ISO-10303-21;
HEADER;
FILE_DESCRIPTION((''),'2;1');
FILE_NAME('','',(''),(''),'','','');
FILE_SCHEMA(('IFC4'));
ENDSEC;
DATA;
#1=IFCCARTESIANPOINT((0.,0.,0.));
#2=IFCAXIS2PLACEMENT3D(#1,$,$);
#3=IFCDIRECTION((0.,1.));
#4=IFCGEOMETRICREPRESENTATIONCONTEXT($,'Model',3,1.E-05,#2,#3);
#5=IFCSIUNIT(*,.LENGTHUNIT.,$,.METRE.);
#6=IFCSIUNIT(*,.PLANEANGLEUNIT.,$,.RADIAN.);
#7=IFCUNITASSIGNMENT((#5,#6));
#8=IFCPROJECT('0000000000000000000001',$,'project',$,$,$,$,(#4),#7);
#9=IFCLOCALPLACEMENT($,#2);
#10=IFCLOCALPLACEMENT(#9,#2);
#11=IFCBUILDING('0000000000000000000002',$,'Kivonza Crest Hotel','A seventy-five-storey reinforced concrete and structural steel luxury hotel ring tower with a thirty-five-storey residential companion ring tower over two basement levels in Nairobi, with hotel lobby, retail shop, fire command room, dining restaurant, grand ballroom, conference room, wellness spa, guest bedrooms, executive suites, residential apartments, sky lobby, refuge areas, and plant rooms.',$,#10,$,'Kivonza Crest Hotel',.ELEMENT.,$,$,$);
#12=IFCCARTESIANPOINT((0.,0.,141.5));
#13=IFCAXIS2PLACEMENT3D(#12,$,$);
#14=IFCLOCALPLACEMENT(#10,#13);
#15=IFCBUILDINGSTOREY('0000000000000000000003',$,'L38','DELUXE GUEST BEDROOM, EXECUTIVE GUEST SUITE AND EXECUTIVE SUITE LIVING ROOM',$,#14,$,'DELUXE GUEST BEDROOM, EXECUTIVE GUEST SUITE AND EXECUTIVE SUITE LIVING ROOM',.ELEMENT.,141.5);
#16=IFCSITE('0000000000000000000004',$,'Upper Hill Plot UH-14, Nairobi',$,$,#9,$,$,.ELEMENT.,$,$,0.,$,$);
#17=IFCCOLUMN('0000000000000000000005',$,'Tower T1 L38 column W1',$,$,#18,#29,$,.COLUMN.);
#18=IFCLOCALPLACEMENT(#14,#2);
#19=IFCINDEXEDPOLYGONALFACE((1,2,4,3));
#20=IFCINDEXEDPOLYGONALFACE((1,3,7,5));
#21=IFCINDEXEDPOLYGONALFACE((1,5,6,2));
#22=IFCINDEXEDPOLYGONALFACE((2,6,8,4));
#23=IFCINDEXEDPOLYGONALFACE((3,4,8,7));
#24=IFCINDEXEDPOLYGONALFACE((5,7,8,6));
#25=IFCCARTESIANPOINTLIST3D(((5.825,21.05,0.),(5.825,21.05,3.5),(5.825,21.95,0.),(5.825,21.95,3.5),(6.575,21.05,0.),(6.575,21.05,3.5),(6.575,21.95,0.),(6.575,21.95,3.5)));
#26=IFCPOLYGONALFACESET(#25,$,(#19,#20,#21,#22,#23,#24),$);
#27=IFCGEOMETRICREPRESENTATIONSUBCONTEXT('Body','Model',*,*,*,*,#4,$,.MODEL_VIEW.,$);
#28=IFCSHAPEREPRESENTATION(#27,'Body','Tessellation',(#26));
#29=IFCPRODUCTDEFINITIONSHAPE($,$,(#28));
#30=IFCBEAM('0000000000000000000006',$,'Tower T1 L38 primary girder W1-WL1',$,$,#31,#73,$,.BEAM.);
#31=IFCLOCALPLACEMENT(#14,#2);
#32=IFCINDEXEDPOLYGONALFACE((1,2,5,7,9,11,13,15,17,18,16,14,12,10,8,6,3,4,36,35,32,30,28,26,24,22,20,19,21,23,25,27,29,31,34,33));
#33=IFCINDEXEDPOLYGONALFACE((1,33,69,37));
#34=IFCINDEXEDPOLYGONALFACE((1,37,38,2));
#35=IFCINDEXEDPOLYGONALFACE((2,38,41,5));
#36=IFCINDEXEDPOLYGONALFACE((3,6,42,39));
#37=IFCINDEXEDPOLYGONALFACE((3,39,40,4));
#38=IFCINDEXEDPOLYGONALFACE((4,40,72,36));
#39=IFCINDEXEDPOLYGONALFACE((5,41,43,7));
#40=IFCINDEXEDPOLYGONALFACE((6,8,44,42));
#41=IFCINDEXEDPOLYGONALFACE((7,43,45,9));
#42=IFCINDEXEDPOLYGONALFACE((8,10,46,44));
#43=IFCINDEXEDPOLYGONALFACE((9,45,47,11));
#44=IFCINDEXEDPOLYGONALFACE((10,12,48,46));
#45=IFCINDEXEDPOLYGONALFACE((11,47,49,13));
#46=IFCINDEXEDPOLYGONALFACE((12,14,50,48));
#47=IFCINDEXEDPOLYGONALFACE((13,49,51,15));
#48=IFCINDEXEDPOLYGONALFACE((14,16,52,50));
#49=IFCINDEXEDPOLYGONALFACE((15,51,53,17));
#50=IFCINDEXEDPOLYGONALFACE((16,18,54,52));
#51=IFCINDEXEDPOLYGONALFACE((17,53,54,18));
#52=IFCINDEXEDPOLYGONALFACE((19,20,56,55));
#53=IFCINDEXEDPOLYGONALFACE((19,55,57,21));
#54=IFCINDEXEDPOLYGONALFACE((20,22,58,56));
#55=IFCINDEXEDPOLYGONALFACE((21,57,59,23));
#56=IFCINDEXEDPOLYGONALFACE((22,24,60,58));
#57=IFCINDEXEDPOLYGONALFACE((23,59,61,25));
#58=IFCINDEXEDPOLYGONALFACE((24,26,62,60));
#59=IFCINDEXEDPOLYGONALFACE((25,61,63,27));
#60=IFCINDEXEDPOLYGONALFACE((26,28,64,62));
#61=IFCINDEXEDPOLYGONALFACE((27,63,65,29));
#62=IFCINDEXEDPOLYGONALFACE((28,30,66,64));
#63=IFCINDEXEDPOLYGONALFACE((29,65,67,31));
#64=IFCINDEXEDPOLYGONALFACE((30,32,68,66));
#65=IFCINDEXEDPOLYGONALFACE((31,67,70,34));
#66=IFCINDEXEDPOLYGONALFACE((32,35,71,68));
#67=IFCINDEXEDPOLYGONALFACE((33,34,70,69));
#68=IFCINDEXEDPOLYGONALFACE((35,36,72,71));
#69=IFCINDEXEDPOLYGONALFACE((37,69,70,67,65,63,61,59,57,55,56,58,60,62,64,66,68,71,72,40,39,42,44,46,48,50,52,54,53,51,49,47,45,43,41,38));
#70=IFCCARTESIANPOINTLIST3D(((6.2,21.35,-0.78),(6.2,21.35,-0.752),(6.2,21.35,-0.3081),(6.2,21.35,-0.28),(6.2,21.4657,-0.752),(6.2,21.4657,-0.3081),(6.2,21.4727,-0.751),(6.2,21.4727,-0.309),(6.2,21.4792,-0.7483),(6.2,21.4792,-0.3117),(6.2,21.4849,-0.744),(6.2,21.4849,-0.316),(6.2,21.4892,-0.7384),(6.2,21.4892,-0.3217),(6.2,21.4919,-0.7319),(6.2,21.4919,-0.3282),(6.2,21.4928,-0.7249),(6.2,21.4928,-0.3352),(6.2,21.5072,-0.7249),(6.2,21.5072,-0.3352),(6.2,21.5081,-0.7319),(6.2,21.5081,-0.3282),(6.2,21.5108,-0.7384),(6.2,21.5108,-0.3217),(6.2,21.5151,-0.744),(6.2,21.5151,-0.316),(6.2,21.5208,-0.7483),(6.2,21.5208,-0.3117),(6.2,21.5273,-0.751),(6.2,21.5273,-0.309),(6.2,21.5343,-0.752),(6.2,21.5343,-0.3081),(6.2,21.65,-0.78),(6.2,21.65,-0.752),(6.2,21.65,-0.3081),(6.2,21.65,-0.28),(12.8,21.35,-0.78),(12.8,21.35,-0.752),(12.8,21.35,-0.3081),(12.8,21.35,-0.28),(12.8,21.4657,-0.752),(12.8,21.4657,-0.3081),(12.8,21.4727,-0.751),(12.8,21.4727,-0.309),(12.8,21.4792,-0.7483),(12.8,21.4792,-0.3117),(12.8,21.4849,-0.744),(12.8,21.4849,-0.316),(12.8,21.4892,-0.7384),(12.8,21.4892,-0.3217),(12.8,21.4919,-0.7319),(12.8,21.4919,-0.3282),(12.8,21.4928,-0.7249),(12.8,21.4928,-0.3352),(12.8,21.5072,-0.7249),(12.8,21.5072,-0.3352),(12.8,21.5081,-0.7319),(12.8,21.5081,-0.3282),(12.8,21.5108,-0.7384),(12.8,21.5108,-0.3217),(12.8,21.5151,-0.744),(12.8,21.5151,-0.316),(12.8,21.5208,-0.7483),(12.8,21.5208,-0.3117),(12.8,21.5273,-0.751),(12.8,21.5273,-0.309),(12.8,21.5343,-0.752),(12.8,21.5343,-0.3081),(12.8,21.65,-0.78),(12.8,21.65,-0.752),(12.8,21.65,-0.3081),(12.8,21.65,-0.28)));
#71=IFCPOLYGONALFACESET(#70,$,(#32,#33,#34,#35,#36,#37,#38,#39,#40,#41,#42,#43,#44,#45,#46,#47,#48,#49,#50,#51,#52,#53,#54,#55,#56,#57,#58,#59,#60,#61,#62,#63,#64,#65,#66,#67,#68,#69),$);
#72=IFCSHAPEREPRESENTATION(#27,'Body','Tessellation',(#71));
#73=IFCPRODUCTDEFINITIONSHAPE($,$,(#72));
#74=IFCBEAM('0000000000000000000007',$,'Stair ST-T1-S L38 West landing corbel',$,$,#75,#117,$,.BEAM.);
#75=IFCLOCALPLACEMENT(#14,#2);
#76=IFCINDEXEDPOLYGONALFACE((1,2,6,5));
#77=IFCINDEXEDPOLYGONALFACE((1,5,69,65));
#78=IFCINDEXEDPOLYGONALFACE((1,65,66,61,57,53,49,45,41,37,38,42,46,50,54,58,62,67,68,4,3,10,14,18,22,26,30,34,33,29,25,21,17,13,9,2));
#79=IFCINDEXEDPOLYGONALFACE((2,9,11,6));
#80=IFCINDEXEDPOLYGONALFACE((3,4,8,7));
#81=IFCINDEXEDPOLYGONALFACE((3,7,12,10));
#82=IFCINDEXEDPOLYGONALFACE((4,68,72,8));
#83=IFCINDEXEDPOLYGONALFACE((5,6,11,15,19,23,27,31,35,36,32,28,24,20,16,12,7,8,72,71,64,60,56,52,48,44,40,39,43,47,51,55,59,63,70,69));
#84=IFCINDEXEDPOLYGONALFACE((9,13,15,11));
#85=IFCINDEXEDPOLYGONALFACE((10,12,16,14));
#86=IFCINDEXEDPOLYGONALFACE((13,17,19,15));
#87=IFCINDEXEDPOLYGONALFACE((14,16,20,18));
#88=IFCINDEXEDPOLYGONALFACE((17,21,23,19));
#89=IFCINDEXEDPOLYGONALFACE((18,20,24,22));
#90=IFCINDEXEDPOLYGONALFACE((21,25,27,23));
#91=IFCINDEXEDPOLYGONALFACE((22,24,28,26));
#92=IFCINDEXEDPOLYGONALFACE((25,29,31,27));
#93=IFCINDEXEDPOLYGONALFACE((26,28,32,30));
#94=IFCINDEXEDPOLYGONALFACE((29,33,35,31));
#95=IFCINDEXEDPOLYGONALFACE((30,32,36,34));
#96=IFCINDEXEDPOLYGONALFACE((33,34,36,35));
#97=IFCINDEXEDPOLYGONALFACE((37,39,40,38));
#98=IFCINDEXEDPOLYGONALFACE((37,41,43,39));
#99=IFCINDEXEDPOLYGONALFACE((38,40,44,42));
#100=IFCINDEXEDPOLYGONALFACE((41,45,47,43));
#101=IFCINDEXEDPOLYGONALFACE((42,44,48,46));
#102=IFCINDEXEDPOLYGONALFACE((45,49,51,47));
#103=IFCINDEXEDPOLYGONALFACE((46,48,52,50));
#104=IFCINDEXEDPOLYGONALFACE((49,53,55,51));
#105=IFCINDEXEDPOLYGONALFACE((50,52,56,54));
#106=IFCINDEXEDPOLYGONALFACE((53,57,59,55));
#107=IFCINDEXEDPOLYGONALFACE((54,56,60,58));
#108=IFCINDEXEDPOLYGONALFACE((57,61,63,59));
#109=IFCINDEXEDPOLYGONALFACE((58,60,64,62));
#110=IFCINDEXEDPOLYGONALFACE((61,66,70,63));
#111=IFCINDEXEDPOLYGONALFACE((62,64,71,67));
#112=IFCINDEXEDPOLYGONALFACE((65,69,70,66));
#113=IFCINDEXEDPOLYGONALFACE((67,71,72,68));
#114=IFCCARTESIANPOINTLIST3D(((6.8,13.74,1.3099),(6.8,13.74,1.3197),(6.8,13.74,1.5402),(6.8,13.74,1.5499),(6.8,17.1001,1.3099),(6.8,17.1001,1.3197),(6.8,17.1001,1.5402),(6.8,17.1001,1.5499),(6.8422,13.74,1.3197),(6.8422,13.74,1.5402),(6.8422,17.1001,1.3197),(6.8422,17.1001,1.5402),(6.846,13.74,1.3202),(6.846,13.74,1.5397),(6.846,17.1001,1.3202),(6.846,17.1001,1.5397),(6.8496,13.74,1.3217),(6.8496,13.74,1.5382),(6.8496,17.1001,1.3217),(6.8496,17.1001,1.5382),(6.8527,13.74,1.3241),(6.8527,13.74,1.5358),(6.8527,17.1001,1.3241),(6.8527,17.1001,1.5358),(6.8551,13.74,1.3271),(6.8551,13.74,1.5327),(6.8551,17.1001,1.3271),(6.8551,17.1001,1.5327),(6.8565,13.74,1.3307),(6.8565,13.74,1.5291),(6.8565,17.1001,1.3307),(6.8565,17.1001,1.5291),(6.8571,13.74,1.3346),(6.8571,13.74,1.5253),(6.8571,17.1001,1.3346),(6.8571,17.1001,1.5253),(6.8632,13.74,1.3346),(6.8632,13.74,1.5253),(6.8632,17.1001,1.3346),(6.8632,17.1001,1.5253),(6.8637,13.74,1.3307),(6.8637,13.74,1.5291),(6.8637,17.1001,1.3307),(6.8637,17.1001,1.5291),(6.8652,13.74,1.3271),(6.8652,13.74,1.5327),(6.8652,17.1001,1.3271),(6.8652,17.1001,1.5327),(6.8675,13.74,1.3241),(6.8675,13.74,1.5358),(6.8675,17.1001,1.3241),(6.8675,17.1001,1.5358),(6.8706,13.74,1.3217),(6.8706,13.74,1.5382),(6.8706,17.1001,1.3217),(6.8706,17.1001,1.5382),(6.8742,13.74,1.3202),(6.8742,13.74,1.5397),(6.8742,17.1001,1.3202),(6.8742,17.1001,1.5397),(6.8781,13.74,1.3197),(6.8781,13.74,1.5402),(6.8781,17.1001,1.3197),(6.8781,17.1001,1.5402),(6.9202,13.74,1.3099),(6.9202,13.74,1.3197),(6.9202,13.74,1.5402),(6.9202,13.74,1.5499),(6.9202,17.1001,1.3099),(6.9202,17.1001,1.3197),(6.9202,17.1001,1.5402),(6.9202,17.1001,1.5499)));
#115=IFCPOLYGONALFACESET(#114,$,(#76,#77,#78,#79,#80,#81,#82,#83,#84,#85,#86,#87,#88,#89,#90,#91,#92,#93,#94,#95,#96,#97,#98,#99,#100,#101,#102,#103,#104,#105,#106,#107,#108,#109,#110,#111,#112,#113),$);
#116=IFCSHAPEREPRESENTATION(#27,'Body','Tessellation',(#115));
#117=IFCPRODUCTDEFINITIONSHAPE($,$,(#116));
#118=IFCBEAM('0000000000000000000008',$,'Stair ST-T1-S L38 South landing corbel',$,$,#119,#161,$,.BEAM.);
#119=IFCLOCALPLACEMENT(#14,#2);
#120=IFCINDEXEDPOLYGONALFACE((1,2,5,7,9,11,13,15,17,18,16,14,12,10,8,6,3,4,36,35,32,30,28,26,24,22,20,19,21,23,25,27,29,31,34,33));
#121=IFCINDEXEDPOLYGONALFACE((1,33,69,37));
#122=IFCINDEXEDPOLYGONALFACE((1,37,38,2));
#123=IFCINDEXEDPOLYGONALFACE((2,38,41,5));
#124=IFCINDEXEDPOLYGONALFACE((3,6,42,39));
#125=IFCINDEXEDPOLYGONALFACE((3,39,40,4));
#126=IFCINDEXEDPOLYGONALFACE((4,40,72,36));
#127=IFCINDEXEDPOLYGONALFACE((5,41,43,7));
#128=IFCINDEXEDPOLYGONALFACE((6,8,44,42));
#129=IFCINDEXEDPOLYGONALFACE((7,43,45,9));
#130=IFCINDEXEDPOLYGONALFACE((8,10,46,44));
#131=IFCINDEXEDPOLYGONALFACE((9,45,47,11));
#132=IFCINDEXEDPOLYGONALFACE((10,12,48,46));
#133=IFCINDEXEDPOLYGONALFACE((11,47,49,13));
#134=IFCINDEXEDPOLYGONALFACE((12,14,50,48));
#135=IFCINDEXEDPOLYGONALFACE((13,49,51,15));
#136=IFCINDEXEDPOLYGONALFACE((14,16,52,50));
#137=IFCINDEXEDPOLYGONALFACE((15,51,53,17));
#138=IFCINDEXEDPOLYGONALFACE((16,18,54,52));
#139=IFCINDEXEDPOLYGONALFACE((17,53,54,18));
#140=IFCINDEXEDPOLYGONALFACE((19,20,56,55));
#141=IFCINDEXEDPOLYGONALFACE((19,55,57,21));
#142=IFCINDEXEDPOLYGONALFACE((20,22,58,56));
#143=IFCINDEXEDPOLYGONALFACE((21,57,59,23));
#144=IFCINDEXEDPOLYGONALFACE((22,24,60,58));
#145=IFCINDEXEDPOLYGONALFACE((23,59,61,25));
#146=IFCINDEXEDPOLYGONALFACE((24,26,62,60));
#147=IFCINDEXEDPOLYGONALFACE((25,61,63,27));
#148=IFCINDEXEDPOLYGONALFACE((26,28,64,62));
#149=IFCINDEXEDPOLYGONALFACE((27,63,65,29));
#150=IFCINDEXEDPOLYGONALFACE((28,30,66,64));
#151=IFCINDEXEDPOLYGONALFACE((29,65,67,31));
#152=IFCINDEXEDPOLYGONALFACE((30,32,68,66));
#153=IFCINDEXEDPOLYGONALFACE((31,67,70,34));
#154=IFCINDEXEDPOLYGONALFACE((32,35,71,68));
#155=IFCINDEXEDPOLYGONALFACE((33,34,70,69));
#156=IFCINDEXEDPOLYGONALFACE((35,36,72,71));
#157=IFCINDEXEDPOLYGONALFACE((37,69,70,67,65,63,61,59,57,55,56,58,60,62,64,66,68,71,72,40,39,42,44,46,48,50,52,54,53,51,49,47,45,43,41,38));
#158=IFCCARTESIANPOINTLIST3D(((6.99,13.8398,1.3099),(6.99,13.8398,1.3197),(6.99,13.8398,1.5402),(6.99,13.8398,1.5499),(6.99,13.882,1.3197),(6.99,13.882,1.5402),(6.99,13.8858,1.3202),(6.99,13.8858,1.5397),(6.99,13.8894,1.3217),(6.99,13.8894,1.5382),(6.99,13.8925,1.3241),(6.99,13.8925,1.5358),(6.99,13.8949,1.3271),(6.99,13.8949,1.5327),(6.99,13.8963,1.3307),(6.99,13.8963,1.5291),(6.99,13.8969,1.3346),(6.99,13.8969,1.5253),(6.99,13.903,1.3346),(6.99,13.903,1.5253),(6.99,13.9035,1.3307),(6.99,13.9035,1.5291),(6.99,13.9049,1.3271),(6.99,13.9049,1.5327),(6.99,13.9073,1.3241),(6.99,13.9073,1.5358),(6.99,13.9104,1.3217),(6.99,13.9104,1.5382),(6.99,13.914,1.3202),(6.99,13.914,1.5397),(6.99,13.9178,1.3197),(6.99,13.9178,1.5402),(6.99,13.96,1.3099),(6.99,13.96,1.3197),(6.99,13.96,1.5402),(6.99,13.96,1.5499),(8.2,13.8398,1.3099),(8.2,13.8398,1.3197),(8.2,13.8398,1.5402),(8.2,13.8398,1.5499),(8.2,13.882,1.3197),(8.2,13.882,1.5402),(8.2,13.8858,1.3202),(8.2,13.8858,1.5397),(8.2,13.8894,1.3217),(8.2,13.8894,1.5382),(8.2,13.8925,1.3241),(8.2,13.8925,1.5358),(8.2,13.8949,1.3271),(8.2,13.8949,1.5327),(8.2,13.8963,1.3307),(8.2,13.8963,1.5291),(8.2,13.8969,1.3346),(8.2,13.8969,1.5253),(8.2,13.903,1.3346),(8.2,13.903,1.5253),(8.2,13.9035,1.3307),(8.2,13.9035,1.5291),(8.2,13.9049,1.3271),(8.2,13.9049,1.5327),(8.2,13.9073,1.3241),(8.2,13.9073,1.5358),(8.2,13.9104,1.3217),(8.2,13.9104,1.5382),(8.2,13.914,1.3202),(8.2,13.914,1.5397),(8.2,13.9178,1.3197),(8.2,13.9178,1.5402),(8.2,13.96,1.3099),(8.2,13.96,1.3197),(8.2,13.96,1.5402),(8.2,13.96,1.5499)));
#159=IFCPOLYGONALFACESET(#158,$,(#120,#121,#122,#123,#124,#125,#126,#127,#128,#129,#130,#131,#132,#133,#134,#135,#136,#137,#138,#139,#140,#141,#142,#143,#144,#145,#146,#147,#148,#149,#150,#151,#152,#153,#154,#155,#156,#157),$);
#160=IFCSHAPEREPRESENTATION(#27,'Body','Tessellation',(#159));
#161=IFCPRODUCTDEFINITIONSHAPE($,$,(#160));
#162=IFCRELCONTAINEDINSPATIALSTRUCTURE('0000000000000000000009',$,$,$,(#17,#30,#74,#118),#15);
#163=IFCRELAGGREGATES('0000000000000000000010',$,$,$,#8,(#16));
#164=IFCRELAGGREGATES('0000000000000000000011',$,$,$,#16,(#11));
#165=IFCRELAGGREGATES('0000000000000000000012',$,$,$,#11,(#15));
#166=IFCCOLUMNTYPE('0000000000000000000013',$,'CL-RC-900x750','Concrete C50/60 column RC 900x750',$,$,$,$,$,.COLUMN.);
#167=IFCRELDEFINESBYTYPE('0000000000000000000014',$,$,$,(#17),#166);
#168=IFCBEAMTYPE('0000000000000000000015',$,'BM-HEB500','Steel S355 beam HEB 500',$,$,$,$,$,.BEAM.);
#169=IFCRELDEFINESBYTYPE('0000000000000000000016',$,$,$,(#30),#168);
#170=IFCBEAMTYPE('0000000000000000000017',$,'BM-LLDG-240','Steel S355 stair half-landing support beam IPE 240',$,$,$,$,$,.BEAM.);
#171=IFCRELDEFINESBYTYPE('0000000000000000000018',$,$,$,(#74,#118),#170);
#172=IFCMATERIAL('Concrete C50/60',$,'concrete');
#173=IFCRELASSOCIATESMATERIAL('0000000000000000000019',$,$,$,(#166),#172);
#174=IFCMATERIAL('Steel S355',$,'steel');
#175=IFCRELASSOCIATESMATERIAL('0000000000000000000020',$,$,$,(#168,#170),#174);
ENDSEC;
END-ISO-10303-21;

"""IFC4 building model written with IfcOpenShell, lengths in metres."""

from ifc_helpers import new_model, si_unit, direction, frame, origin, origin_2d, place, context, subcontext, project, spatial, rectangle, i_section, extrude, material, material_profile, profile_set, type_object, element, save


model = new_model("IFC4")

# Units and contexts
model_context = context("Model", 3, precision=1e-05, world=origin(), true_north=direction((0.0, 1.0)))
body_context = subcontext(model_context, "Body", "Model", "MODEL_VIEW")
ifc_project = project(units=[si_unit("LENGTHUNIT", "METRE"), si_unit("PLANEANGLEUNIT", "RADIAN")], contexts=[model_context])

# Site, building, storey
site_placement = place(None, origin())
site = spatial("IfcSite", under=ifc_project, at=site_placement, Name="Upper Hill Plot UH-14, Nairobi", CompositionType="ELEMENT", RefElevation=0.0)
building_placement = place(site_placement, origin())
building = spatial("IfcBuilding", under=site, at=building_placement, Name="Kivonza Crest Hotel", Description="A seventy-five-storey reinforced concrete and structural steel luxury hotel ring tower with a thirty-five-storey residential companion ring tower over two basement levels in Nairobi, with hotel lobby, retail shop, fire command room, dining restaurant, grand ballroom, conference room, wellness spa, guest bedrooms, executive suites, residential apartments, sky lobby, refuge areas, and plant rooms.", LongName="Kivonza Crest Hotel", CompositionType="ELEMENT")
storey_placement = place(building_placement, frame((0.0, 0.0, 141.5)))
storey = spatial("IfcBuildingStorey", under=building, at=storey_placement, Name="L38", Description="DELUXE GUEST BEDROOM, EXECUTIVE GUEST SUITE AND EXECUTIVE SUITE LIVING ROOM", LongName="DELUXE GUEST BEDROOM, EXECUTIVE GUEST SUITE AND EXECUTIVE SUITE LIVING ROOM", CompositionType="ELEMENT", Elevation=141.5)

# Column
ifc_material_1 = material(Name="Concrete C50/60", Category="concrete")
ifc_material_profile_1 = material_profile(ifc_material_1, rectangle(XDim=0.75, YDim=0.8999, at=origin_2d()), Name="RC 900x750")
ifc_profile_set_1 = profile_set([ifc_material_profile_1], Name="Concrete C50/60")
column_type = type_object("IfcColumnType", Name="CL-RC-900x750", Description="Concrete C50/60 column RC 900x750", PredefinedType="COLUMN", material=ifc_profile_set_1)
column_placement = place(storey_placement, frame((6.2, 21.5, 0.0), z_axis=(0.0, 0.0, 1.0), x_axis=(1.0, 0.0, 0.0)))
element("IfcColumn", 1, at=column_placement, inside=storey, type_object=column_type, Name="Tower T1 L38 column W1", PredefinedType="COLUMN", context=body_context, shape_type="SweptSolid", body=[
    extrude(rectangle(XDim=0.75, YDim=0.8999, at=origin_2d()), origin(), (0.0, 0.0, 1.0), 3.5),
])

# Beams
ifc_material_2 = material(Name="Steel S355", Category="steel")
ifc_material_profile_2 = material_profile(ifc_material_2, i_section(OverallWidth=0.3, OverallDepth=0.5, WebThickness=0.0144, FlangeThickness=0.0281, FilletRadius=0.0271, at=origin_2d()), Name="HEB 500")
ifc_profile_set_2 = profile_set([ifc_material_profile_2], Name="Steel S355")
beam_type_1 = type_object("IfcBeamType", Name="BM-HEB500", Description="Steel S355 beam HEB 500", PredefinedType="BEAM", material=ifc_profile_set_2)
beam_1_placement = place(storey_placement, frame((6.2, 21.5, -0.53), z_axis=(1.0, 0.0, 0.0), x_axis=(0.0, 1.0, 0.0)))
element("IfcBeam", 2, at=beam_1_placement, inside=storey, type_object=beam_type_1, Name="Tower T1 L38 primary girder W1-WL1", PredefinedType="BEAM", context=body_context, shape_type="SweptSolid", body=[
    extrude(i_section(OverallWidth=0.3, OverallDepth=0.5, WebThickness=0.0144, FlangeThickness=0.0281, FilletRadius=0.0271, at=origin_2d()), origin(), (0.0, 0.0, 1.0), 6.6001),
])
ifc_material_profile_3 = material_profile(ifc_material_2, i_section(OverallWidth=0.1201, OverallDepth=0.24, WebThickness=0.0061, FlangeThickness=0.0098, FilletRadius=0.0149, at=origin_2d()), Name="IPE 240")
ifc_profile_set_3 = profile_set([ifc_material_profile_3], Name="Steel S355")
beam_type_2 = type_object("IfcBeamType", Name="BM-LLDG-240", Description="Steel S355 stair half-landing support beam IPE 240", PredefinedType="BEAM", material=ifc_profile_set_3)
beam_2_placement = place(storey_placement, frame((6.8601, 13.74, 1.4299), z_axis=(0.0, 1.0, 0.0), x_axis=(-1.0, 0.0, 0.0)))
element("IfcBeam", 3, at=beam_2_placement, inside=storey, type_object=beam_type_2, Name="Stair ST-T1-S L38 West landing corbel", PredefinedType="BEAM", context=body_context, shape_type="SweptSolid", body=[
    extrude(i_section(OverallWidth=0.1201, OverallDepth=0.24, WebThickness=0.0061, FlangeThickness=0.0098, FilletRadius=0.0149, at=origin_2d()), origin(), (0.0, 0.0, 1.0), 3.3601),
])
for number, where, z_axis, x_axis, name in (
    (4, (6.99, 13.8999, 1.4299), (1.0, 0.0, 0.0), (0.0, 1.0, 0.0), "Stair ST-T1-S L38 South landing corbel"),
):
    element("IfcBeam", number, at=place(storey_placement, frame(where, z_axis=z_axis, x_axis=x_axis)), inside=storey, type_object=beam_type_2, Name=name, PredefinedType="BEAM", context=body_context, shape_type="SweptSolid", body=[
        extrude(i_section(OverallWidth=0.1201, OverallDepth=0.24, WebThickness=0.0061, FlangeThickness=0.0098, FilletRadius=0.0149, at=origin_2d()), origin(), (0.0, 0.0, 1.0), 1.21),
    ])

save(model, "model.ifc")
